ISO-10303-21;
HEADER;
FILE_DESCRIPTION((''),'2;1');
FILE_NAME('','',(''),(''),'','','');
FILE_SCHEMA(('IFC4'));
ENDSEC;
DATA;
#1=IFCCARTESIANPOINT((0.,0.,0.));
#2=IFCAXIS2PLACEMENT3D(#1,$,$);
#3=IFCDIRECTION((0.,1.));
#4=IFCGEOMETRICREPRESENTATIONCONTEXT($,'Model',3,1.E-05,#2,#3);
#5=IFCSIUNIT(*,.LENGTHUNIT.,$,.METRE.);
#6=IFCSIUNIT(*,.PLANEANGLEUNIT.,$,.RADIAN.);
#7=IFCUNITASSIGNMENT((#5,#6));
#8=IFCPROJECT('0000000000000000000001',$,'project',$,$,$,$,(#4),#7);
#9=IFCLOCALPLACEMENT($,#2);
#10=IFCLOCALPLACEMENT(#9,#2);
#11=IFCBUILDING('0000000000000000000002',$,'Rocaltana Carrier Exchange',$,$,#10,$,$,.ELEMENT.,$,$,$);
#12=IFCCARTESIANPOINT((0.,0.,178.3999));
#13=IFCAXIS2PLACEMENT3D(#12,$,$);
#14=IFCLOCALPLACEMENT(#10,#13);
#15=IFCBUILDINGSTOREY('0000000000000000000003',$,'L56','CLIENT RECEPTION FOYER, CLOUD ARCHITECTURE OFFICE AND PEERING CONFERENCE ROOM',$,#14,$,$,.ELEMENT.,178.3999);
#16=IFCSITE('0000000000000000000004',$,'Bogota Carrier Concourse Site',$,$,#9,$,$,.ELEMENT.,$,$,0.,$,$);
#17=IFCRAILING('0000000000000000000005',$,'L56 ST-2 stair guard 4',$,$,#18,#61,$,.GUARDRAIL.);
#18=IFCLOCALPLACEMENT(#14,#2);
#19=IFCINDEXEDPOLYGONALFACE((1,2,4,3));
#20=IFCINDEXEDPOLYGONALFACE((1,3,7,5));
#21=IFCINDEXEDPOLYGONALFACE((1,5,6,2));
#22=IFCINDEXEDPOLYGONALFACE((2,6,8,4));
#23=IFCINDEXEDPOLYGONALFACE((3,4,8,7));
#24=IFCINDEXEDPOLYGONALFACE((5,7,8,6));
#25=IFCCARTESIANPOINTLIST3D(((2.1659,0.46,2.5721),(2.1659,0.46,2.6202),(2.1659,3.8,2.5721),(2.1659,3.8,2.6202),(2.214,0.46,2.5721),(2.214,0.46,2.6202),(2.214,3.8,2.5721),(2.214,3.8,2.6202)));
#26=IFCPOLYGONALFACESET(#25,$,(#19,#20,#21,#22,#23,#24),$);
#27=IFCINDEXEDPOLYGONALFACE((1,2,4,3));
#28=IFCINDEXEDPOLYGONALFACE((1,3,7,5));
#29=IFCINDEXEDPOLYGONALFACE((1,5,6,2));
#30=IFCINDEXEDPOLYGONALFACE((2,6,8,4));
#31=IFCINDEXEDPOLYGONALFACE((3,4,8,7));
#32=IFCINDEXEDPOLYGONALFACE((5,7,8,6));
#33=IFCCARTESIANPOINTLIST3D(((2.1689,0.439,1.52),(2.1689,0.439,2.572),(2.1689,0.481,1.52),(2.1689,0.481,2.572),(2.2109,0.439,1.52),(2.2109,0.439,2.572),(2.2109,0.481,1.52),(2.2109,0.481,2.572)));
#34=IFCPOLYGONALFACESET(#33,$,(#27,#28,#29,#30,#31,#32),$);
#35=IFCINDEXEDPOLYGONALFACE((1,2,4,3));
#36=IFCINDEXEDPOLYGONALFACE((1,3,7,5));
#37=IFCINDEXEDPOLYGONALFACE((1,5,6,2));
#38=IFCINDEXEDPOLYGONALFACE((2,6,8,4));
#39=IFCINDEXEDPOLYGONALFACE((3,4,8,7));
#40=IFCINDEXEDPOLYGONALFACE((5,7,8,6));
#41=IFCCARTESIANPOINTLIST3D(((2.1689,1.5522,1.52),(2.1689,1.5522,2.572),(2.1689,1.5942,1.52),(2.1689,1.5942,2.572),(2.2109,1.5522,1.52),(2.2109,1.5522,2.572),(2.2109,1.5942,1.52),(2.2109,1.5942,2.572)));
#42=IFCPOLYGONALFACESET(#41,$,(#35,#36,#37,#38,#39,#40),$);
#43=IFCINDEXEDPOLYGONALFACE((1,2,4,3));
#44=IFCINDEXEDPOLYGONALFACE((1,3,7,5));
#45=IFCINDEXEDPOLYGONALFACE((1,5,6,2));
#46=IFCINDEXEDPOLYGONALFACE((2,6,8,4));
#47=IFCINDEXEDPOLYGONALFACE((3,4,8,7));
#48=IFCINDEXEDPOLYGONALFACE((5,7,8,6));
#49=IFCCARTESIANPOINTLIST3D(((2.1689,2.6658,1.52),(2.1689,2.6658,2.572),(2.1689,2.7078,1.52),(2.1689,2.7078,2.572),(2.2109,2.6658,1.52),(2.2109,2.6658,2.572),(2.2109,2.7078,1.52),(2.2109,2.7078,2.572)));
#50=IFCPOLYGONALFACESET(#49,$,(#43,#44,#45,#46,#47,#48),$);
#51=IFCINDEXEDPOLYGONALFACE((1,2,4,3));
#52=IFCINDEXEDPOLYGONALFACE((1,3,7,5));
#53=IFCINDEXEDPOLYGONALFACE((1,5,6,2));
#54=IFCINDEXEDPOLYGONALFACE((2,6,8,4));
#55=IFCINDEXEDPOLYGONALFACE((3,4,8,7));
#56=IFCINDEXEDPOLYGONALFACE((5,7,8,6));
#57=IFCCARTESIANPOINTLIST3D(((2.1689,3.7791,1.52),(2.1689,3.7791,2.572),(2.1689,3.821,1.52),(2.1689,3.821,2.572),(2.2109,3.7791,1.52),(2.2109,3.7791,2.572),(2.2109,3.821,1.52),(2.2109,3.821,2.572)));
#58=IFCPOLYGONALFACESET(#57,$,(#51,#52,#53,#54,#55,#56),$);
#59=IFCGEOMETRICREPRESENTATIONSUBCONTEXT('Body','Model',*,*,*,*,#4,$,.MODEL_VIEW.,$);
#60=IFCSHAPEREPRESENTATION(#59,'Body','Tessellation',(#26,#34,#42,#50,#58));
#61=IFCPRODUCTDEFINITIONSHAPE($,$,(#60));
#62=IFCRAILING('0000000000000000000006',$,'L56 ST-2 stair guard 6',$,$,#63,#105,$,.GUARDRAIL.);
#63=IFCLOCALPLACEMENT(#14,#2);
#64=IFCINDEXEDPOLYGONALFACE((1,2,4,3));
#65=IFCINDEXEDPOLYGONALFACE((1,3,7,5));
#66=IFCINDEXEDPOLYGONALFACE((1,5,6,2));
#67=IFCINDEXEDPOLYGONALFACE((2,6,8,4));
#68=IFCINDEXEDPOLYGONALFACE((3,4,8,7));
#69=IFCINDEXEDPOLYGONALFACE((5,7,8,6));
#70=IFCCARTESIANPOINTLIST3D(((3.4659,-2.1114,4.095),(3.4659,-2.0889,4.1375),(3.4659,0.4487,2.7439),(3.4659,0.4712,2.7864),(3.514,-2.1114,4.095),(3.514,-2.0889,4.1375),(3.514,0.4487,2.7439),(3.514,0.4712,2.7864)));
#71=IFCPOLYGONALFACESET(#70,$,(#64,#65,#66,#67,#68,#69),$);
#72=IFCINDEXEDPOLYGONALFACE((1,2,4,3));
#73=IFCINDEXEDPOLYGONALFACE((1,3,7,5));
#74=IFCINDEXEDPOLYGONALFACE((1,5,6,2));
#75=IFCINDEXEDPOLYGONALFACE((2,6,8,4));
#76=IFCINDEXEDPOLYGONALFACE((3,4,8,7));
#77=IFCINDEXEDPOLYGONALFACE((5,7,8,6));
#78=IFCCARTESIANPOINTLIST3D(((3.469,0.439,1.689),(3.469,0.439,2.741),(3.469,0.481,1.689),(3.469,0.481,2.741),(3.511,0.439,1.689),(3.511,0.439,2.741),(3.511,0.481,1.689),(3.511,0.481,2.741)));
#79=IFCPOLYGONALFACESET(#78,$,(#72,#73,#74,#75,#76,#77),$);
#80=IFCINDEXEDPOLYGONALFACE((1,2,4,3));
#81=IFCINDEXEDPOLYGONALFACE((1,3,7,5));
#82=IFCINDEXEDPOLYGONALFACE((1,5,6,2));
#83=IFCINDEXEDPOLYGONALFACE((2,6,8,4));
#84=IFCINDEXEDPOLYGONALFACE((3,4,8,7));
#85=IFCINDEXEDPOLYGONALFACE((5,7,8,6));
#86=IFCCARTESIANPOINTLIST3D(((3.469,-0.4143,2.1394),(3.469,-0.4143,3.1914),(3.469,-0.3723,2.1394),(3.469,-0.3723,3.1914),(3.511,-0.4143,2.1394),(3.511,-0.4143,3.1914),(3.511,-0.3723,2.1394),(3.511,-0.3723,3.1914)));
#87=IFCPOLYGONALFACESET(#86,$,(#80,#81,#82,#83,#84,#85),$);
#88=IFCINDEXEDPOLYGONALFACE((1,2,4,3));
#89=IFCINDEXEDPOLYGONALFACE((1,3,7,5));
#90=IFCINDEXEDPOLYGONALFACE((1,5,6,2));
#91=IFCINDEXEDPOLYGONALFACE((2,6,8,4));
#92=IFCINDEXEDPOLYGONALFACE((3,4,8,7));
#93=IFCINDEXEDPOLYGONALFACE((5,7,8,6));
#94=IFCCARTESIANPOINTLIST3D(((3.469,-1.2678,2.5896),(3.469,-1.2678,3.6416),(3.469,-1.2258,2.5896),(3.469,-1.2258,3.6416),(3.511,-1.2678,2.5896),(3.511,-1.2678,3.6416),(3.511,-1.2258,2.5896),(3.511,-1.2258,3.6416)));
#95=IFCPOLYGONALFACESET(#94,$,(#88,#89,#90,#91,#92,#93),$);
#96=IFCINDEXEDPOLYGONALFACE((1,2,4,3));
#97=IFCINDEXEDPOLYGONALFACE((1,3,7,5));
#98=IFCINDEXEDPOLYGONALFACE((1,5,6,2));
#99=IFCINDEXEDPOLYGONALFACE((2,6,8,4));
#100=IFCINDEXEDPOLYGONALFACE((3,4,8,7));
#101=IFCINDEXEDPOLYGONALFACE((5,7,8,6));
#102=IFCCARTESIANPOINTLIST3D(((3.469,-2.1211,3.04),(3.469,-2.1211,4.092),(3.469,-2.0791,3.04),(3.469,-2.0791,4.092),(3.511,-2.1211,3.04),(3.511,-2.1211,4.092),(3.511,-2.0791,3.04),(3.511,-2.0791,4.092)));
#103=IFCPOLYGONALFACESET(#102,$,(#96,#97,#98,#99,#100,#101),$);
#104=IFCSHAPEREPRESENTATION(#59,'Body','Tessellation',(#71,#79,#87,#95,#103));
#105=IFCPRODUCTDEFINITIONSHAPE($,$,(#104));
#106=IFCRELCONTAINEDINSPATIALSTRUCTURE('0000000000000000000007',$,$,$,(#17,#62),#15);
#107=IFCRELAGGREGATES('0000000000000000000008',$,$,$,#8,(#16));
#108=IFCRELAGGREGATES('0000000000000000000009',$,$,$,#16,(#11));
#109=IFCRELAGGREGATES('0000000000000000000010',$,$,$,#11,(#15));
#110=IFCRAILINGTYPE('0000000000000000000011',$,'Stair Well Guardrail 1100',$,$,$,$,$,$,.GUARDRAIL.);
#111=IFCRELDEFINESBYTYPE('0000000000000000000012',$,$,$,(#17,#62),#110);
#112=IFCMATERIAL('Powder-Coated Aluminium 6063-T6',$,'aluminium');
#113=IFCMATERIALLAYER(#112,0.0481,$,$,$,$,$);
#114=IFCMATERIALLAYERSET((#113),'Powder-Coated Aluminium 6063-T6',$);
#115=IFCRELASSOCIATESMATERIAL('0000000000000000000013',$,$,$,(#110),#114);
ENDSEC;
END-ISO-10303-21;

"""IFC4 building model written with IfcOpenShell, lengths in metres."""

from ifc_helpers import new_model, si_unit, direction, frame, origin, origin_2d, place, context, subcontext, project, spatial, rectangle, extrude, material, layer, layer_set, type_object, element, save


model = new_model("IFC4")

# Units and contexts
model_context = context("Model", 3, precision=1e-05, world=origin(), true_north=direction((0.0, 1.0)))
body_context = subcontext(model_context, "Body", "Model", "MODEL_VIEW")
ifc_project = project(units=[si_unit("LENGTHUNIT", "METRE"), si_unit("PLANEANGLEUNIT", "RADIAN")], contexts=[model_context])

# Site, building, storey
site_placement = place(None, origin())
site = spatial("IfcSite", under=ifc_project, at=site_placement, Name="Bogota Carrier Concourse Site", CompositionType="ELEMENT", RefElevation=0.0)
building_placement = place(site_placement, origin())
building = spatial("IfcBuilding", under=site, at=building_placement, Name="Rocaltana Carrier Exchange", CompositionType="ELEMENT")
storey_placement = place(building_placement, frame((0.0, 0.0, 178.3999)))
storey = spatial("IfcBuildingStorey", under=building, at=storey_placement, Name="L56", Description="CLIENT RECEPTION FOYER, CLOUD ARCHITECTURE OFFICE AND PEERING CONFERENCE ROOM", CompositionType="ELEMENT", Elevation=178.3999)

# Railings
ifc_material_1 = material(Name="Powder-Coated Aluminium 6063-T6", Category="aluminium")
ifc_layer_1 = layer(ifc_material_1, 0.0481)
ifc_layer_set_1 = layer_set([ifc_layer_1], Name="Powder-Coated Aluminium 6063-T6")
railing_type_1 = type_object("IfcRailingType", Name="Stair Well Guardrail 1100", PredefinedType="GUARDRAIL", material=ifc_layer_set_1)
railing_1_placement = place(storey_placement, frame((2.1899, 0.46, 1.52)))
element("IfcRailing", 1, at=railing_1_placement, inside=storey, type_object=railing_type_1, Name="L56 ST-2 stair guard 4", PredefinedType="GUARDRAIL", context=body_context, shape_type="SweptSolid", body=[
    extrude(rectangle(XDim=0.0481, YDim=0.0481, at=origin_2d()), frame((0.0, 0.0, 1.0762), z_axis=(0.0, 1.0, 0.0), x_axis=(-1.0, 0.0, 0.0)), (0.0, 0.0, 1.0), 3.3401),
    extrude(rectangle(XDim=0.042, YDim=0.042, at=origin_2d()), origin(), (0.0, 0.0, 1.0), 1.052),
    extrude(rectangle(XDim=0.042, YDim=0.042, at=origin_2d()), frame((0.0, 1.1133, 0.0)), (0.0, 0.0, 1.0), 1.052),
    extrude(rectangle(XDim=0.042, YDim=0.042, at=origin_2d()), frame((0.0, 2.2268, 0.0)), (0.0, 0.0, 1.0), 1.052),
    extrude(rectangle(XDim=0.042, YDim=0.042, at=origin_2d()), frame((0.0, 3.3401, 0.0)), (0.0, 0.0, 1.0), 1.052),
])
railing_2_placement = place(storey_placement, frame((3.49, 0.46, 1.689)))
element("IfcRailing", 2, at=railing_2_placement, inside=storey, type_object=railing_type_1, Name="L56 ST-2 stair guard 6", PredefinedType="GUARDRAIL", context=body_context, shape_type="SweptSolid", body=[
    extrude(rectangle(XDim=0.0481, YDim=0.0481, at=origin_2d()), frame((0.0, 0.0, 1.0762), z_axis=(0.0, -0.884394, 0.46674), x_axis=(1.0, 0.0, 0.0)), (0.0, 0.0, 1.0), 2.8948),
    extrude(rectangle(XDim=0.042, YDim=0.042, at=origin_2d()), origin(), (0.0, 0.0, 1.0), 1.052),
    extrude(rectangle(XDim=0.042, YDim=0.042, at=origin_2d()), frame((0.0, -0.8533, 0.4504)), (0.0, 0.0, 1.0), 1.052),
    extrude(rectangle(XDim=0.042, YDim=0.042, at=origin_2d()), frame((0.0, -1.7068, 0.9006)), (0.0, 0.0, 1.0), 1.052),
    extrude(rectangle(XDim=0.042, YDim=0.042, at=origin_2d()), frame((0.0, -2.5601, 1.3511)), (0.0, 0.0, 1.0), 1.052),
])

save(model, "model.ifc")
